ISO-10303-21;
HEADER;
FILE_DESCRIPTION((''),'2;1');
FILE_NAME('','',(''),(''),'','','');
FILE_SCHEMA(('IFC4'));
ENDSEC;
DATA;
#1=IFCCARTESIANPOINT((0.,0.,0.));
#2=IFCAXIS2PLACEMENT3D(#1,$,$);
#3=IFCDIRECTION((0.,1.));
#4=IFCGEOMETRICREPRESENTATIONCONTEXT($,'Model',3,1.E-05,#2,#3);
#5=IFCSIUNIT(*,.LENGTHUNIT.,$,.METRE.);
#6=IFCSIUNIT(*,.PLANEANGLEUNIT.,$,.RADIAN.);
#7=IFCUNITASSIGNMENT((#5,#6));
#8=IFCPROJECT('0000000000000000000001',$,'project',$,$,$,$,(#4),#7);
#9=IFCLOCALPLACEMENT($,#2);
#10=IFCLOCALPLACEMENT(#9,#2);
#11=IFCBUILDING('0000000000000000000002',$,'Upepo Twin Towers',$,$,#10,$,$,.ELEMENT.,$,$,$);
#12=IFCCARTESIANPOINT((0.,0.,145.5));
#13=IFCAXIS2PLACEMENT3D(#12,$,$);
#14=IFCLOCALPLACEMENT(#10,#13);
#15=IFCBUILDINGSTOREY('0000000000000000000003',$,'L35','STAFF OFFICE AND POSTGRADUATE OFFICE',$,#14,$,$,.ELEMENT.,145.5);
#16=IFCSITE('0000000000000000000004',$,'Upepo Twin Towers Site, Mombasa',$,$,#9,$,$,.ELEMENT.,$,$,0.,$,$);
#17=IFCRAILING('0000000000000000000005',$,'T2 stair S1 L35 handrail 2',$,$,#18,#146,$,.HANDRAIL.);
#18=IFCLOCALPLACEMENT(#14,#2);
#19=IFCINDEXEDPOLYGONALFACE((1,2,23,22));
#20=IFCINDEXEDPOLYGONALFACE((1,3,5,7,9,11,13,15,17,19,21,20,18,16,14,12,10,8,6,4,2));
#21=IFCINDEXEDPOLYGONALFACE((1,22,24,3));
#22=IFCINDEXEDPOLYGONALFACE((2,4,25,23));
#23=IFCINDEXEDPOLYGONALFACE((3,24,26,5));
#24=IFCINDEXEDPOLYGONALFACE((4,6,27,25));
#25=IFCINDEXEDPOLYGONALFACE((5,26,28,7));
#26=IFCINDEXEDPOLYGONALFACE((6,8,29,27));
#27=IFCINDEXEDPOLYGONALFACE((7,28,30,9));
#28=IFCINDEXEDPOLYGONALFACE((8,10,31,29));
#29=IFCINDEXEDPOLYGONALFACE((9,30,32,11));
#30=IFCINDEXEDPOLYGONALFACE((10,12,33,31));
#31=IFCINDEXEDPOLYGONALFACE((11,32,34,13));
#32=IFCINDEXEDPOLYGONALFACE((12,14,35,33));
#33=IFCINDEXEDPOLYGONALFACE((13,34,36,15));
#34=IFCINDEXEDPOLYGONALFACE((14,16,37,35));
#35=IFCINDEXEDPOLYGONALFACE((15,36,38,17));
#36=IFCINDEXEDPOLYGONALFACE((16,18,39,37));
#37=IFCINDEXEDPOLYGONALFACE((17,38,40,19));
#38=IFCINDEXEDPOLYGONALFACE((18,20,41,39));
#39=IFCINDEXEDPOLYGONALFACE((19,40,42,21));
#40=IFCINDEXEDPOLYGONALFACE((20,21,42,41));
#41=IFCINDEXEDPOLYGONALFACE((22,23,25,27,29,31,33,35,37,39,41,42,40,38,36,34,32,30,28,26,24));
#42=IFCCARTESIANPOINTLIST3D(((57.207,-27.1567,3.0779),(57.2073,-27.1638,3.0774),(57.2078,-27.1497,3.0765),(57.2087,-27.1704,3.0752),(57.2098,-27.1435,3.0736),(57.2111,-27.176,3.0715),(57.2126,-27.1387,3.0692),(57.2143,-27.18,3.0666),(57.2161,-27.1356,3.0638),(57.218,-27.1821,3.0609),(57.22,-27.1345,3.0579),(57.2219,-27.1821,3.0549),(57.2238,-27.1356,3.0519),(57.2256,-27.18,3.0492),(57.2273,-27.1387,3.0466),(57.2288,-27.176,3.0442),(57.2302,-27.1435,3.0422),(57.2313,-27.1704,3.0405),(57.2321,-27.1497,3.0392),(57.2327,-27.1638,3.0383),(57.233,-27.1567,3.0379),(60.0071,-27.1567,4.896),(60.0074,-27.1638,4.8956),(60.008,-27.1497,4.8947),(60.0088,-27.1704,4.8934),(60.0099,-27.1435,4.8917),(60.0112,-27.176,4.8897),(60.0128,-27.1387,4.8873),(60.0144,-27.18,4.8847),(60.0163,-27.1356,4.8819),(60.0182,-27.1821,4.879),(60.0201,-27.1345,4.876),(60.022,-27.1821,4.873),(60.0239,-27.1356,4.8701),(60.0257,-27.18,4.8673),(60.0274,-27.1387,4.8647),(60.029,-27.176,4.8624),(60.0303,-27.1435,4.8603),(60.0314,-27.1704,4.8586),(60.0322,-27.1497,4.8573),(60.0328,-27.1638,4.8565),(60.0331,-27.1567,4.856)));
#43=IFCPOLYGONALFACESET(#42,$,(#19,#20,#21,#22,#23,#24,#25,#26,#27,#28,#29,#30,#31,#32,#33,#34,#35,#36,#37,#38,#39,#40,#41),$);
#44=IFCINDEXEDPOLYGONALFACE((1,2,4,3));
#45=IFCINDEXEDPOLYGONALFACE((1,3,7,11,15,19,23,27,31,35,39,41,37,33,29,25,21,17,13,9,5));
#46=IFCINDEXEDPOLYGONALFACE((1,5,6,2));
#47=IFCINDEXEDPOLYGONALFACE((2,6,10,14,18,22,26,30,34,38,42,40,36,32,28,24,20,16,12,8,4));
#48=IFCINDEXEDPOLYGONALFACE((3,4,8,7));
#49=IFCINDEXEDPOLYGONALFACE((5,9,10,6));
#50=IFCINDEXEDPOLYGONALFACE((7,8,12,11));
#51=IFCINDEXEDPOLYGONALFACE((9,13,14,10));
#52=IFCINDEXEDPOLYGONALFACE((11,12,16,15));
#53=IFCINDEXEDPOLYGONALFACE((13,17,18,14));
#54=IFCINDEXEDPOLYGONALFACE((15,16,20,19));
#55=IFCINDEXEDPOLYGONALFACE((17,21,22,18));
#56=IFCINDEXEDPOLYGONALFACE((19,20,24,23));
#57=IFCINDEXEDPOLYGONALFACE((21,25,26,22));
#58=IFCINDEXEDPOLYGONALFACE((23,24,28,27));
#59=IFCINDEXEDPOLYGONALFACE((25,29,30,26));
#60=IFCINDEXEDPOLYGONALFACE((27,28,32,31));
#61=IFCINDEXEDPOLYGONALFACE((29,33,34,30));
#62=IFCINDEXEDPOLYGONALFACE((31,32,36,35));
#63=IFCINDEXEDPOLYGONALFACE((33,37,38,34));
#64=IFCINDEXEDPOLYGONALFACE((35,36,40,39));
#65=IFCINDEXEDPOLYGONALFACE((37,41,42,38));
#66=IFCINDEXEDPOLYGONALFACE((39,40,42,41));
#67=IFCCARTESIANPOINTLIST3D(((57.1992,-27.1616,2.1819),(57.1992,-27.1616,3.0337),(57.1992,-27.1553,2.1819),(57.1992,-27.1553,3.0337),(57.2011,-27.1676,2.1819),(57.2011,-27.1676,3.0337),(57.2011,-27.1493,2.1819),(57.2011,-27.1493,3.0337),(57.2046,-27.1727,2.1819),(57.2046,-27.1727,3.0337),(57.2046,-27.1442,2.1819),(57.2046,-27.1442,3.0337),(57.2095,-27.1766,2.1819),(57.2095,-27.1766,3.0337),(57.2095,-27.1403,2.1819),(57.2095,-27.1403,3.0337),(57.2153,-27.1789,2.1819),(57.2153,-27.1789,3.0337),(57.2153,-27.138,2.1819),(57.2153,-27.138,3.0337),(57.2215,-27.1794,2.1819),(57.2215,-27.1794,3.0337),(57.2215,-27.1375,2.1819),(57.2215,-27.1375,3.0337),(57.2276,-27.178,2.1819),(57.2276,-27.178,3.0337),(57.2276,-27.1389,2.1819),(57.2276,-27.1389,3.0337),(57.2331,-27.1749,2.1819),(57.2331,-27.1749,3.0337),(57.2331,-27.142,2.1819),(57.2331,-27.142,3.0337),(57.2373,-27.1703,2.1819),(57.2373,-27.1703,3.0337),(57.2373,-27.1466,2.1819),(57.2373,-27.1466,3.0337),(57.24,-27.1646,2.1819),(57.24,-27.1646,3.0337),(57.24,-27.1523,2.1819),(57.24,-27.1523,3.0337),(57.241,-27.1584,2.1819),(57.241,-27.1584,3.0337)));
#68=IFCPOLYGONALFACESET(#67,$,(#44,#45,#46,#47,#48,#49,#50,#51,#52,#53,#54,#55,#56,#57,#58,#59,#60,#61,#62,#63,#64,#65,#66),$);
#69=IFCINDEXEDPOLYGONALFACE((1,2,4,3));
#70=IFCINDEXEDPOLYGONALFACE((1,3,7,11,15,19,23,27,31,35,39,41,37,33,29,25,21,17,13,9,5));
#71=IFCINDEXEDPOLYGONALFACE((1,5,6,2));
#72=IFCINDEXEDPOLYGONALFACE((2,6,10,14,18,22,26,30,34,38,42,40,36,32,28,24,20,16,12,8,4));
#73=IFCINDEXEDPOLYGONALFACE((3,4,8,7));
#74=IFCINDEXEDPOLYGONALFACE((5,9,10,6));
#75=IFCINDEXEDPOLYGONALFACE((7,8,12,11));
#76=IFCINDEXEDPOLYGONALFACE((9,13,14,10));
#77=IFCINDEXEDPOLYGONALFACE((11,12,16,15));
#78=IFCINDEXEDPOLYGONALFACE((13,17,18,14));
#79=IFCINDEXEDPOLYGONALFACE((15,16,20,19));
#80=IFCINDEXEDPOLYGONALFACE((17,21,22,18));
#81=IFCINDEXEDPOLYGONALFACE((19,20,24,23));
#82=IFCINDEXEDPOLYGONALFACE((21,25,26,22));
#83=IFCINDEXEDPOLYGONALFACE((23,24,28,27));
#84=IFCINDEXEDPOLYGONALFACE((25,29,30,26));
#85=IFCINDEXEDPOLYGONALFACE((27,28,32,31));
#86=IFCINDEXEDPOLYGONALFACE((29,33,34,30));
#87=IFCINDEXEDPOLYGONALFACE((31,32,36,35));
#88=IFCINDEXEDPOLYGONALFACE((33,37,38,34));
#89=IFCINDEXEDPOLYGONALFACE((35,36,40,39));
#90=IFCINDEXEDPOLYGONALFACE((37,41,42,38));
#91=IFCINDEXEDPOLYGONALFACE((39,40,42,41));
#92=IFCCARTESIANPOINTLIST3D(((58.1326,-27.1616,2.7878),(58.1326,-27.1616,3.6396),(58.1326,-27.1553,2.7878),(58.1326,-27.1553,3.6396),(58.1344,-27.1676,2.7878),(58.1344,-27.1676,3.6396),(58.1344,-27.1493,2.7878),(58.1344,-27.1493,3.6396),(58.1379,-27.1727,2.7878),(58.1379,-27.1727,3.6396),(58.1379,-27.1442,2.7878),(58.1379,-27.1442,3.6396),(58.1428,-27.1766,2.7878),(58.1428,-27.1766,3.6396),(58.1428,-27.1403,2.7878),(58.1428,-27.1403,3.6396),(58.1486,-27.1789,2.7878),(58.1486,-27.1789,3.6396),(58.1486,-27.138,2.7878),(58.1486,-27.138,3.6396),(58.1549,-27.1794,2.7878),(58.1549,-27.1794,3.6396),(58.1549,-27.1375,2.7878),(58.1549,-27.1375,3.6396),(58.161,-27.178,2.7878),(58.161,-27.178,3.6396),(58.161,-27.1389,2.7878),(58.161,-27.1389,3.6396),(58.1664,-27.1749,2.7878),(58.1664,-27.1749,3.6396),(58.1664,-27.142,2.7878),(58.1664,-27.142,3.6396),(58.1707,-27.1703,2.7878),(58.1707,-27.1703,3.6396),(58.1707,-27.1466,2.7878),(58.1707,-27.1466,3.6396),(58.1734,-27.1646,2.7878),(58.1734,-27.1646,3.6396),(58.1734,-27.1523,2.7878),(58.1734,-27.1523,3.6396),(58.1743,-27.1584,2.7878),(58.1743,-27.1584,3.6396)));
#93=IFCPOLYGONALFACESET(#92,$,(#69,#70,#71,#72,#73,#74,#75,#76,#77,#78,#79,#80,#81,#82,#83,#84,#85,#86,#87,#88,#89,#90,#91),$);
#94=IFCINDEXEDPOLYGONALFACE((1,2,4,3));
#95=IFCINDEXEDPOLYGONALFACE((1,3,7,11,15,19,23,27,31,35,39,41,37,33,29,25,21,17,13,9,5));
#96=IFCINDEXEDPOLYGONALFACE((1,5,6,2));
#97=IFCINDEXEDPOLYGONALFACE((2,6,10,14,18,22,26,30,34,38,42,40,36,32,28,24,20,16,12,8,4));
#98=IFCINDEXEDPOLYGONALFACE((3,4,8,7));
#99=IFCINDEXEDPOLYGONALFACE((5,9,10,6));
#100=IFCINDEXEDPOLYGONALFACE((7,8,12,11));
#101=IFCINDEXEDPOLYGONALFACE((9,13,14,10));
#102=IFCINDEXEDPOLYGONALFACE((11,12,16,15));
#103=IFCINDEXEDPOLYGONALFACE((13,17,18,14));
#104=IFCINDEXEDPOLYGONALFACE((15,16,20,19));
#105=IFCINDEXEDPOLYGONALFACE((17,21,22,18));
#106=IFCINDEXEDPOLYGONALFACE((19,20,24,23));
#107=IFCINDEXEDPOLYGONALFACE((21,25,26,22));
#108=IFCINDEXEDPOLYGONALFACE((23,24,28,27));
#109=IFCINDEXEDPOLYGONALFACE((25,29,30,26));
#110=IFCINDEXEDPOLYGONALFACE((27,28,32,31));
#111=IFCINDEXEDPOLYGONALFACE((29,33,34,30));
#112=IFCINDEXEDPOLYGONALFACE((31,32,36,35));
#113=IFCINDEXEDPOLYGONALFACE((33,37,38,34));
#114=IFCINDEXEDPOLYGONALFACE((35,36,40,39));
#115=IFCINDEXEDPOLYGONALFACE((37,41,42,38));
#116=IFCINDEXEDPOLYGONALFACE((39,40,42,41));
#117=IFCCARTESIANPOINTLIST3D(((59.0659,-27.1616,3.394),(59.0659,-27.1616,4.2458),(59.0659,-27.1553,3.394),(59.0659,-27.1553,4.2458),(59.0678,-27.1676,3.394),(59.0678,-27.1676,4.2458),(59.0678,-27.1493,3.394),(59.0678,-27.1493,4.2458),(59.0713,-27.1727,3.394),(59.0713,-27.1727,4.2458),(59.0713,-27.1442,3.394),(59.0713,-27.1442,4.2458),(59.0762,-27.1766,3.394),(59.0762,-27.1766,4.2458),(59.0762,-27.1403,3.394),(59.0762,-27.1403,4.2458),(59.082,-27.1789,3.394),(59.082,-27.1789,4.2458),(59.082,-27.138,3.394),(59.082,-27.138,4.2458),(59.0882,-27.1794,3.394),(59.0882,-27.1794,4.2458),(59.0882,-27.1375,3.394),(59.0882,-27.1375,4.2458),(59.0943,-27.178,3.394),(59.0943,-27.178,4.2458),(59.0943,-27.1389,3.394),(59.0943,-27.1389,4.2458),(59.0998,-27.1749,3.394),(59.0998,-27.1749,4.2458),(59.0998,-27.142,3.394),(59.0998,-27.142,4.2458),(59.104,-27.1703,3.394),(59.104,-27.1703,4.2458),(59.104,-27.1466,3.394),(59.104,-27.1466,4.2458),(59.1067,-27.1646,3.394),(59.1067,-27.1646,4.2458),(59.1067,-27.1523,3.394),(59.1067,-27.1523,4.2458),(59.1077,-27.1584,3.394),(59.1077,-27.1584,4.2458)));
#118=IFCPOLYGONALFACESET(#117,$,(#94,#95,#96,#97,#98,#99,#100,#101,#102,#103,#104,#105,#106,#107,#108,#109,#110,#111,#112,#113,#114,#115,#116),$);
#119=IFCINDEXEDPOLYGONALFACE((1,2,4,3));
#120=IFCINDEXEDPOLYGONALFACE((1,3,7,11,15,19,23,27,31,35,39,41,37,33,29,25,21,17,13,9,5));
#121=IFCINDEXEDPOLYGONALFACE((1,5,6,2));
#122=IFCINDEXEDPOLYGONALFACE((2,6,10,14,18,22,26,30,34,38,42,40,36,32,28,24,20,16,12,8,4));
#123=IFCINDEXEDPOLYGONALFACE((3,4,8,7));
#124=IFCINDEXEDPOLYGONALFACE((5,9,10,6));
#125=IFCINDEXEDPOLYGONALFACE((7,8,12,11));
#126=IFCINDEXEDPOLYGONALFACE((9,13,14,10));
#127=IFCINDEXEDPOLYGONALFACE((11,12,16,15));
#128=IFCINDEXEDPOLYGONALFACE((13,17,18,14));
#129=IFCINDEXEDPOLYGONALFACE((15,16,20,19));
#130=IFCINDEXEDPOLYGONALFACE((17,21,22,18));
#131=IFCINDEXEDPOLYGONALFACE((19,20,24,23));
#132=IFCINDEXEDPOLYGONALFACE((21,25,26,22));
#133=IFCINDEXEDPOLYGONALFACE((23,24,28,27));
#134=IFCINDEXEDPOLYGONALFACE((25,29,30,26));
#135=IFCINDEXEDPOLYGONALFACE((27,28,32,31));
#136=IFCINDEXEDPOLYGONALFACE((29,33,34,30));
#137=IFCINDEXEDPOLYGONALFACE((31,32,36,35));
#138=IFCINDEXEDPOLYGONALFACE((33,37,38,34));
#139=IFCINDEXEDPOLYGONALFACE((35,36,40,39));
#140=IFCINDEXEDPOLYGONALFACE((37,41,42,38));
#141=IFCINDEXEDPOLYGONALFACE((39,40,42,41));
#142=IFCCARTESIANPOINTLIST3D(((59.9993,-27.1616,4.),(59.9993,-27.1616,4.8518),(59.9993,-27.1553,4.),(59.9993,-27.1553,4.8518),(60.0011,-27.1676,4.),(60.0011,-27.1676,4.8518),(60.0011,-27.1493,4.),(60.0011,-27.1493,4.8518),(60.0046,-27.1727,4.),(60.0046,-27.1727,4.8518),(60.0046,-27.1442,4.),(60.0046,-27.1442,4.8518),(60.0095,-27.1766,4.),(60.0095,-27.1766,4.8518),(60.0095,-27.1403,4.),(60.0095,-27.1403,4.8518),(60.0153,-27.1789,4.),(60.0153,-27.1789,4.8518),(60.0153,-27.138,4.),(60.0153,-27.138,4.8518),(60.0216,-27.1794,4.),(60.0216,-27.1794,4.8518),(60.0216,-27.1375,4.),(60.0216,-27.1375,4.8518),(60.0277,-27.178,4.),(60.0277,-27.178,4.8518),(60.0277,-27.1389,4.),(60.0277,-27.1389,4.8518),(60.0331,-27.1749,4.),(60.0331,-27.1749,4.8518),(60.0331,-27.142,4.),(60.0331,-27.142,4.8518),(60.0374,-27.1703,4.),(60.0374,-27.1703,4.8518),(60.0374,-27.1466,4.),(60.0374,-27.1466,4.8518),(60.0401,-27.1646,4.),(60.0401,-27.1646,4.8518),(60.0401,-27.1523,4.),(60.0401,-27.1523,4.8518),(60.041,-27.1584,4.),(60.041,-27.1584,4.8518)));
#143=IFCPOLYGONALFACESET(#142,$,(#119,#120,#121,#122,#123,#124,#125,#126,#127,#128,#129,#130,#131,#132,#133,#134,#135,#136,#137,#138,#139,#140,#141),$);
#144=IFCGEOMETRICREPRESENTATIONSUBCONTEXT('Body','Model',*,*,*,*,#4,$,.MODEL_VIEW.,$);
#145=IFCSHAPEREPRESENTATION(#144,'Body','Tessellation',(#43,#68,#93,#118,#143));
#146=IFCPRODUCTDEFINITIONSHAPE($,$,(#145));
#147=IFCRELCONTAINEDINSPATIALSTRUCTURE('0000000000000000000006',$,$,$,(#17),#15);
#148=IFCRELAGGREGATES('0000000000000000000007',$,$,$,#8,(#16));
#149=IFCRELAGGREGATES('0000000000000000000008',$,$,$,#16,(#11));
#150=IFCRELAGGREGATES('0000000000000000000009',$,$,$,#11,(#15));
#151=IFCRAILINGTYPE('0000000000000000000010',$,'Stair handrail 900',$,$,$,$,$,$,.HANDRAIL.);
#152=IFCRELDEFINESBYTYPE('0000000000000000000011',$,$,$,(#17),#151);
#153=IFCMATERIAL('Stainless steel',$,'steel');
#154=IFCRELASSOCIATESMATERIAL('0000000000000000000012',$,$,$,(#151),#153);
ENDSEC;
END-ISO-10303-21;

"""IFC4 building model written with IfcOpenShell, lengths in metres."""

from ifc_helpers import new_model, si_unit, direction, frame, origin, origin_2d, place, context, subcontext, project, spatial, circle, extrude, material, type_object, element, save


model = new_model("IFC4")

# Units and contexts
model_context = context("Model", 3, precision=1e-05, world=origin(), true_north=direction((0.0, 1.0)))
body_context = subcontext(model_context, "Body", "Model", "MODEL_VIEW")
ifc_project = project(units=[si_unit("LENGTHUNIT", "METRE"), si_unit("PLANEANGLEUNIT", "RADIAN")], contexts=[model_context])

# Site, building, storey
site_placement = place(None, origin())
site = spatial("IfcSite", under=ifc_project, at=site_placement, Name="Upepo Twin Towers Site, Mombasa", CompositionType="ELEMENT", RefElevation=0.0)
building_placement = place(site_placement, origin())
building = spatial("IfcBuilding", under=site, at=building_placement, Name="Upepo Twin Towers", CompositionType="ELEMENT")
storey_placement = place(building_placement, frame((0.0, 0.0, 145.5)))
storey = spatial("IfcBuildingStorey", under=building, at=storey_placement, Name="L35", Description="STAFF OFFICE AND POSTGRADUATE OFFICE", CompositionType="ELEMENT", Elevation=145.5)

# Railing
ifc_material_1 = material(Name="Stainless steel", Category="steel")
railing_type = type_object("IfcRailingType", Name="Stair handrail 900", PredefinedType="HANDRAIL", material=ifc_material_1)
railing_1_placement = place(storey_placement, frame((57.22, -27.1584, 2.1819)))
element("IfcRailing", 1, at=railing_1_placement, inside=storey, type_object=railing_type, Name="T2 stair S1 L35 handrail 2", PredefinedType="HANDRAIL", context=body_context, shape_type="SweptSolid", body=[
    extrude(circle(Radius=0.0239, at=origin_2d()), frame((0.0, 0.0, 0.876), z_axis=(0.838706, 0.0, 0.544585), x_axis=(0.0, 1.0, 0.0)), (0.0, 0.0, 1.0), 3.3386),
    extrude(circle(Radius=0.021, at=origin_2d()), origin(), (0.0, 0.0, 1.0), 0.8518),
    extrude(circle(Radius=0.021, at=origin_2d()), frame((0.9333, 0.0, 0.606)), (0.0, 0.0, 1.0), 0.8518),
    extrude(circle(Radius=0.021, at=origin_2d()), frame((1.8667, 0.0, 1.2122)), (0.0, 0.0, 1.0), 0.8518),
    extrude(circle(Radius=0.021, at=origin_2d()), frame((2.8, 0.0, 1.8181)), (0.0, 0.0, 1.0), 0.8518),
])

save(model, "model.ifc")
